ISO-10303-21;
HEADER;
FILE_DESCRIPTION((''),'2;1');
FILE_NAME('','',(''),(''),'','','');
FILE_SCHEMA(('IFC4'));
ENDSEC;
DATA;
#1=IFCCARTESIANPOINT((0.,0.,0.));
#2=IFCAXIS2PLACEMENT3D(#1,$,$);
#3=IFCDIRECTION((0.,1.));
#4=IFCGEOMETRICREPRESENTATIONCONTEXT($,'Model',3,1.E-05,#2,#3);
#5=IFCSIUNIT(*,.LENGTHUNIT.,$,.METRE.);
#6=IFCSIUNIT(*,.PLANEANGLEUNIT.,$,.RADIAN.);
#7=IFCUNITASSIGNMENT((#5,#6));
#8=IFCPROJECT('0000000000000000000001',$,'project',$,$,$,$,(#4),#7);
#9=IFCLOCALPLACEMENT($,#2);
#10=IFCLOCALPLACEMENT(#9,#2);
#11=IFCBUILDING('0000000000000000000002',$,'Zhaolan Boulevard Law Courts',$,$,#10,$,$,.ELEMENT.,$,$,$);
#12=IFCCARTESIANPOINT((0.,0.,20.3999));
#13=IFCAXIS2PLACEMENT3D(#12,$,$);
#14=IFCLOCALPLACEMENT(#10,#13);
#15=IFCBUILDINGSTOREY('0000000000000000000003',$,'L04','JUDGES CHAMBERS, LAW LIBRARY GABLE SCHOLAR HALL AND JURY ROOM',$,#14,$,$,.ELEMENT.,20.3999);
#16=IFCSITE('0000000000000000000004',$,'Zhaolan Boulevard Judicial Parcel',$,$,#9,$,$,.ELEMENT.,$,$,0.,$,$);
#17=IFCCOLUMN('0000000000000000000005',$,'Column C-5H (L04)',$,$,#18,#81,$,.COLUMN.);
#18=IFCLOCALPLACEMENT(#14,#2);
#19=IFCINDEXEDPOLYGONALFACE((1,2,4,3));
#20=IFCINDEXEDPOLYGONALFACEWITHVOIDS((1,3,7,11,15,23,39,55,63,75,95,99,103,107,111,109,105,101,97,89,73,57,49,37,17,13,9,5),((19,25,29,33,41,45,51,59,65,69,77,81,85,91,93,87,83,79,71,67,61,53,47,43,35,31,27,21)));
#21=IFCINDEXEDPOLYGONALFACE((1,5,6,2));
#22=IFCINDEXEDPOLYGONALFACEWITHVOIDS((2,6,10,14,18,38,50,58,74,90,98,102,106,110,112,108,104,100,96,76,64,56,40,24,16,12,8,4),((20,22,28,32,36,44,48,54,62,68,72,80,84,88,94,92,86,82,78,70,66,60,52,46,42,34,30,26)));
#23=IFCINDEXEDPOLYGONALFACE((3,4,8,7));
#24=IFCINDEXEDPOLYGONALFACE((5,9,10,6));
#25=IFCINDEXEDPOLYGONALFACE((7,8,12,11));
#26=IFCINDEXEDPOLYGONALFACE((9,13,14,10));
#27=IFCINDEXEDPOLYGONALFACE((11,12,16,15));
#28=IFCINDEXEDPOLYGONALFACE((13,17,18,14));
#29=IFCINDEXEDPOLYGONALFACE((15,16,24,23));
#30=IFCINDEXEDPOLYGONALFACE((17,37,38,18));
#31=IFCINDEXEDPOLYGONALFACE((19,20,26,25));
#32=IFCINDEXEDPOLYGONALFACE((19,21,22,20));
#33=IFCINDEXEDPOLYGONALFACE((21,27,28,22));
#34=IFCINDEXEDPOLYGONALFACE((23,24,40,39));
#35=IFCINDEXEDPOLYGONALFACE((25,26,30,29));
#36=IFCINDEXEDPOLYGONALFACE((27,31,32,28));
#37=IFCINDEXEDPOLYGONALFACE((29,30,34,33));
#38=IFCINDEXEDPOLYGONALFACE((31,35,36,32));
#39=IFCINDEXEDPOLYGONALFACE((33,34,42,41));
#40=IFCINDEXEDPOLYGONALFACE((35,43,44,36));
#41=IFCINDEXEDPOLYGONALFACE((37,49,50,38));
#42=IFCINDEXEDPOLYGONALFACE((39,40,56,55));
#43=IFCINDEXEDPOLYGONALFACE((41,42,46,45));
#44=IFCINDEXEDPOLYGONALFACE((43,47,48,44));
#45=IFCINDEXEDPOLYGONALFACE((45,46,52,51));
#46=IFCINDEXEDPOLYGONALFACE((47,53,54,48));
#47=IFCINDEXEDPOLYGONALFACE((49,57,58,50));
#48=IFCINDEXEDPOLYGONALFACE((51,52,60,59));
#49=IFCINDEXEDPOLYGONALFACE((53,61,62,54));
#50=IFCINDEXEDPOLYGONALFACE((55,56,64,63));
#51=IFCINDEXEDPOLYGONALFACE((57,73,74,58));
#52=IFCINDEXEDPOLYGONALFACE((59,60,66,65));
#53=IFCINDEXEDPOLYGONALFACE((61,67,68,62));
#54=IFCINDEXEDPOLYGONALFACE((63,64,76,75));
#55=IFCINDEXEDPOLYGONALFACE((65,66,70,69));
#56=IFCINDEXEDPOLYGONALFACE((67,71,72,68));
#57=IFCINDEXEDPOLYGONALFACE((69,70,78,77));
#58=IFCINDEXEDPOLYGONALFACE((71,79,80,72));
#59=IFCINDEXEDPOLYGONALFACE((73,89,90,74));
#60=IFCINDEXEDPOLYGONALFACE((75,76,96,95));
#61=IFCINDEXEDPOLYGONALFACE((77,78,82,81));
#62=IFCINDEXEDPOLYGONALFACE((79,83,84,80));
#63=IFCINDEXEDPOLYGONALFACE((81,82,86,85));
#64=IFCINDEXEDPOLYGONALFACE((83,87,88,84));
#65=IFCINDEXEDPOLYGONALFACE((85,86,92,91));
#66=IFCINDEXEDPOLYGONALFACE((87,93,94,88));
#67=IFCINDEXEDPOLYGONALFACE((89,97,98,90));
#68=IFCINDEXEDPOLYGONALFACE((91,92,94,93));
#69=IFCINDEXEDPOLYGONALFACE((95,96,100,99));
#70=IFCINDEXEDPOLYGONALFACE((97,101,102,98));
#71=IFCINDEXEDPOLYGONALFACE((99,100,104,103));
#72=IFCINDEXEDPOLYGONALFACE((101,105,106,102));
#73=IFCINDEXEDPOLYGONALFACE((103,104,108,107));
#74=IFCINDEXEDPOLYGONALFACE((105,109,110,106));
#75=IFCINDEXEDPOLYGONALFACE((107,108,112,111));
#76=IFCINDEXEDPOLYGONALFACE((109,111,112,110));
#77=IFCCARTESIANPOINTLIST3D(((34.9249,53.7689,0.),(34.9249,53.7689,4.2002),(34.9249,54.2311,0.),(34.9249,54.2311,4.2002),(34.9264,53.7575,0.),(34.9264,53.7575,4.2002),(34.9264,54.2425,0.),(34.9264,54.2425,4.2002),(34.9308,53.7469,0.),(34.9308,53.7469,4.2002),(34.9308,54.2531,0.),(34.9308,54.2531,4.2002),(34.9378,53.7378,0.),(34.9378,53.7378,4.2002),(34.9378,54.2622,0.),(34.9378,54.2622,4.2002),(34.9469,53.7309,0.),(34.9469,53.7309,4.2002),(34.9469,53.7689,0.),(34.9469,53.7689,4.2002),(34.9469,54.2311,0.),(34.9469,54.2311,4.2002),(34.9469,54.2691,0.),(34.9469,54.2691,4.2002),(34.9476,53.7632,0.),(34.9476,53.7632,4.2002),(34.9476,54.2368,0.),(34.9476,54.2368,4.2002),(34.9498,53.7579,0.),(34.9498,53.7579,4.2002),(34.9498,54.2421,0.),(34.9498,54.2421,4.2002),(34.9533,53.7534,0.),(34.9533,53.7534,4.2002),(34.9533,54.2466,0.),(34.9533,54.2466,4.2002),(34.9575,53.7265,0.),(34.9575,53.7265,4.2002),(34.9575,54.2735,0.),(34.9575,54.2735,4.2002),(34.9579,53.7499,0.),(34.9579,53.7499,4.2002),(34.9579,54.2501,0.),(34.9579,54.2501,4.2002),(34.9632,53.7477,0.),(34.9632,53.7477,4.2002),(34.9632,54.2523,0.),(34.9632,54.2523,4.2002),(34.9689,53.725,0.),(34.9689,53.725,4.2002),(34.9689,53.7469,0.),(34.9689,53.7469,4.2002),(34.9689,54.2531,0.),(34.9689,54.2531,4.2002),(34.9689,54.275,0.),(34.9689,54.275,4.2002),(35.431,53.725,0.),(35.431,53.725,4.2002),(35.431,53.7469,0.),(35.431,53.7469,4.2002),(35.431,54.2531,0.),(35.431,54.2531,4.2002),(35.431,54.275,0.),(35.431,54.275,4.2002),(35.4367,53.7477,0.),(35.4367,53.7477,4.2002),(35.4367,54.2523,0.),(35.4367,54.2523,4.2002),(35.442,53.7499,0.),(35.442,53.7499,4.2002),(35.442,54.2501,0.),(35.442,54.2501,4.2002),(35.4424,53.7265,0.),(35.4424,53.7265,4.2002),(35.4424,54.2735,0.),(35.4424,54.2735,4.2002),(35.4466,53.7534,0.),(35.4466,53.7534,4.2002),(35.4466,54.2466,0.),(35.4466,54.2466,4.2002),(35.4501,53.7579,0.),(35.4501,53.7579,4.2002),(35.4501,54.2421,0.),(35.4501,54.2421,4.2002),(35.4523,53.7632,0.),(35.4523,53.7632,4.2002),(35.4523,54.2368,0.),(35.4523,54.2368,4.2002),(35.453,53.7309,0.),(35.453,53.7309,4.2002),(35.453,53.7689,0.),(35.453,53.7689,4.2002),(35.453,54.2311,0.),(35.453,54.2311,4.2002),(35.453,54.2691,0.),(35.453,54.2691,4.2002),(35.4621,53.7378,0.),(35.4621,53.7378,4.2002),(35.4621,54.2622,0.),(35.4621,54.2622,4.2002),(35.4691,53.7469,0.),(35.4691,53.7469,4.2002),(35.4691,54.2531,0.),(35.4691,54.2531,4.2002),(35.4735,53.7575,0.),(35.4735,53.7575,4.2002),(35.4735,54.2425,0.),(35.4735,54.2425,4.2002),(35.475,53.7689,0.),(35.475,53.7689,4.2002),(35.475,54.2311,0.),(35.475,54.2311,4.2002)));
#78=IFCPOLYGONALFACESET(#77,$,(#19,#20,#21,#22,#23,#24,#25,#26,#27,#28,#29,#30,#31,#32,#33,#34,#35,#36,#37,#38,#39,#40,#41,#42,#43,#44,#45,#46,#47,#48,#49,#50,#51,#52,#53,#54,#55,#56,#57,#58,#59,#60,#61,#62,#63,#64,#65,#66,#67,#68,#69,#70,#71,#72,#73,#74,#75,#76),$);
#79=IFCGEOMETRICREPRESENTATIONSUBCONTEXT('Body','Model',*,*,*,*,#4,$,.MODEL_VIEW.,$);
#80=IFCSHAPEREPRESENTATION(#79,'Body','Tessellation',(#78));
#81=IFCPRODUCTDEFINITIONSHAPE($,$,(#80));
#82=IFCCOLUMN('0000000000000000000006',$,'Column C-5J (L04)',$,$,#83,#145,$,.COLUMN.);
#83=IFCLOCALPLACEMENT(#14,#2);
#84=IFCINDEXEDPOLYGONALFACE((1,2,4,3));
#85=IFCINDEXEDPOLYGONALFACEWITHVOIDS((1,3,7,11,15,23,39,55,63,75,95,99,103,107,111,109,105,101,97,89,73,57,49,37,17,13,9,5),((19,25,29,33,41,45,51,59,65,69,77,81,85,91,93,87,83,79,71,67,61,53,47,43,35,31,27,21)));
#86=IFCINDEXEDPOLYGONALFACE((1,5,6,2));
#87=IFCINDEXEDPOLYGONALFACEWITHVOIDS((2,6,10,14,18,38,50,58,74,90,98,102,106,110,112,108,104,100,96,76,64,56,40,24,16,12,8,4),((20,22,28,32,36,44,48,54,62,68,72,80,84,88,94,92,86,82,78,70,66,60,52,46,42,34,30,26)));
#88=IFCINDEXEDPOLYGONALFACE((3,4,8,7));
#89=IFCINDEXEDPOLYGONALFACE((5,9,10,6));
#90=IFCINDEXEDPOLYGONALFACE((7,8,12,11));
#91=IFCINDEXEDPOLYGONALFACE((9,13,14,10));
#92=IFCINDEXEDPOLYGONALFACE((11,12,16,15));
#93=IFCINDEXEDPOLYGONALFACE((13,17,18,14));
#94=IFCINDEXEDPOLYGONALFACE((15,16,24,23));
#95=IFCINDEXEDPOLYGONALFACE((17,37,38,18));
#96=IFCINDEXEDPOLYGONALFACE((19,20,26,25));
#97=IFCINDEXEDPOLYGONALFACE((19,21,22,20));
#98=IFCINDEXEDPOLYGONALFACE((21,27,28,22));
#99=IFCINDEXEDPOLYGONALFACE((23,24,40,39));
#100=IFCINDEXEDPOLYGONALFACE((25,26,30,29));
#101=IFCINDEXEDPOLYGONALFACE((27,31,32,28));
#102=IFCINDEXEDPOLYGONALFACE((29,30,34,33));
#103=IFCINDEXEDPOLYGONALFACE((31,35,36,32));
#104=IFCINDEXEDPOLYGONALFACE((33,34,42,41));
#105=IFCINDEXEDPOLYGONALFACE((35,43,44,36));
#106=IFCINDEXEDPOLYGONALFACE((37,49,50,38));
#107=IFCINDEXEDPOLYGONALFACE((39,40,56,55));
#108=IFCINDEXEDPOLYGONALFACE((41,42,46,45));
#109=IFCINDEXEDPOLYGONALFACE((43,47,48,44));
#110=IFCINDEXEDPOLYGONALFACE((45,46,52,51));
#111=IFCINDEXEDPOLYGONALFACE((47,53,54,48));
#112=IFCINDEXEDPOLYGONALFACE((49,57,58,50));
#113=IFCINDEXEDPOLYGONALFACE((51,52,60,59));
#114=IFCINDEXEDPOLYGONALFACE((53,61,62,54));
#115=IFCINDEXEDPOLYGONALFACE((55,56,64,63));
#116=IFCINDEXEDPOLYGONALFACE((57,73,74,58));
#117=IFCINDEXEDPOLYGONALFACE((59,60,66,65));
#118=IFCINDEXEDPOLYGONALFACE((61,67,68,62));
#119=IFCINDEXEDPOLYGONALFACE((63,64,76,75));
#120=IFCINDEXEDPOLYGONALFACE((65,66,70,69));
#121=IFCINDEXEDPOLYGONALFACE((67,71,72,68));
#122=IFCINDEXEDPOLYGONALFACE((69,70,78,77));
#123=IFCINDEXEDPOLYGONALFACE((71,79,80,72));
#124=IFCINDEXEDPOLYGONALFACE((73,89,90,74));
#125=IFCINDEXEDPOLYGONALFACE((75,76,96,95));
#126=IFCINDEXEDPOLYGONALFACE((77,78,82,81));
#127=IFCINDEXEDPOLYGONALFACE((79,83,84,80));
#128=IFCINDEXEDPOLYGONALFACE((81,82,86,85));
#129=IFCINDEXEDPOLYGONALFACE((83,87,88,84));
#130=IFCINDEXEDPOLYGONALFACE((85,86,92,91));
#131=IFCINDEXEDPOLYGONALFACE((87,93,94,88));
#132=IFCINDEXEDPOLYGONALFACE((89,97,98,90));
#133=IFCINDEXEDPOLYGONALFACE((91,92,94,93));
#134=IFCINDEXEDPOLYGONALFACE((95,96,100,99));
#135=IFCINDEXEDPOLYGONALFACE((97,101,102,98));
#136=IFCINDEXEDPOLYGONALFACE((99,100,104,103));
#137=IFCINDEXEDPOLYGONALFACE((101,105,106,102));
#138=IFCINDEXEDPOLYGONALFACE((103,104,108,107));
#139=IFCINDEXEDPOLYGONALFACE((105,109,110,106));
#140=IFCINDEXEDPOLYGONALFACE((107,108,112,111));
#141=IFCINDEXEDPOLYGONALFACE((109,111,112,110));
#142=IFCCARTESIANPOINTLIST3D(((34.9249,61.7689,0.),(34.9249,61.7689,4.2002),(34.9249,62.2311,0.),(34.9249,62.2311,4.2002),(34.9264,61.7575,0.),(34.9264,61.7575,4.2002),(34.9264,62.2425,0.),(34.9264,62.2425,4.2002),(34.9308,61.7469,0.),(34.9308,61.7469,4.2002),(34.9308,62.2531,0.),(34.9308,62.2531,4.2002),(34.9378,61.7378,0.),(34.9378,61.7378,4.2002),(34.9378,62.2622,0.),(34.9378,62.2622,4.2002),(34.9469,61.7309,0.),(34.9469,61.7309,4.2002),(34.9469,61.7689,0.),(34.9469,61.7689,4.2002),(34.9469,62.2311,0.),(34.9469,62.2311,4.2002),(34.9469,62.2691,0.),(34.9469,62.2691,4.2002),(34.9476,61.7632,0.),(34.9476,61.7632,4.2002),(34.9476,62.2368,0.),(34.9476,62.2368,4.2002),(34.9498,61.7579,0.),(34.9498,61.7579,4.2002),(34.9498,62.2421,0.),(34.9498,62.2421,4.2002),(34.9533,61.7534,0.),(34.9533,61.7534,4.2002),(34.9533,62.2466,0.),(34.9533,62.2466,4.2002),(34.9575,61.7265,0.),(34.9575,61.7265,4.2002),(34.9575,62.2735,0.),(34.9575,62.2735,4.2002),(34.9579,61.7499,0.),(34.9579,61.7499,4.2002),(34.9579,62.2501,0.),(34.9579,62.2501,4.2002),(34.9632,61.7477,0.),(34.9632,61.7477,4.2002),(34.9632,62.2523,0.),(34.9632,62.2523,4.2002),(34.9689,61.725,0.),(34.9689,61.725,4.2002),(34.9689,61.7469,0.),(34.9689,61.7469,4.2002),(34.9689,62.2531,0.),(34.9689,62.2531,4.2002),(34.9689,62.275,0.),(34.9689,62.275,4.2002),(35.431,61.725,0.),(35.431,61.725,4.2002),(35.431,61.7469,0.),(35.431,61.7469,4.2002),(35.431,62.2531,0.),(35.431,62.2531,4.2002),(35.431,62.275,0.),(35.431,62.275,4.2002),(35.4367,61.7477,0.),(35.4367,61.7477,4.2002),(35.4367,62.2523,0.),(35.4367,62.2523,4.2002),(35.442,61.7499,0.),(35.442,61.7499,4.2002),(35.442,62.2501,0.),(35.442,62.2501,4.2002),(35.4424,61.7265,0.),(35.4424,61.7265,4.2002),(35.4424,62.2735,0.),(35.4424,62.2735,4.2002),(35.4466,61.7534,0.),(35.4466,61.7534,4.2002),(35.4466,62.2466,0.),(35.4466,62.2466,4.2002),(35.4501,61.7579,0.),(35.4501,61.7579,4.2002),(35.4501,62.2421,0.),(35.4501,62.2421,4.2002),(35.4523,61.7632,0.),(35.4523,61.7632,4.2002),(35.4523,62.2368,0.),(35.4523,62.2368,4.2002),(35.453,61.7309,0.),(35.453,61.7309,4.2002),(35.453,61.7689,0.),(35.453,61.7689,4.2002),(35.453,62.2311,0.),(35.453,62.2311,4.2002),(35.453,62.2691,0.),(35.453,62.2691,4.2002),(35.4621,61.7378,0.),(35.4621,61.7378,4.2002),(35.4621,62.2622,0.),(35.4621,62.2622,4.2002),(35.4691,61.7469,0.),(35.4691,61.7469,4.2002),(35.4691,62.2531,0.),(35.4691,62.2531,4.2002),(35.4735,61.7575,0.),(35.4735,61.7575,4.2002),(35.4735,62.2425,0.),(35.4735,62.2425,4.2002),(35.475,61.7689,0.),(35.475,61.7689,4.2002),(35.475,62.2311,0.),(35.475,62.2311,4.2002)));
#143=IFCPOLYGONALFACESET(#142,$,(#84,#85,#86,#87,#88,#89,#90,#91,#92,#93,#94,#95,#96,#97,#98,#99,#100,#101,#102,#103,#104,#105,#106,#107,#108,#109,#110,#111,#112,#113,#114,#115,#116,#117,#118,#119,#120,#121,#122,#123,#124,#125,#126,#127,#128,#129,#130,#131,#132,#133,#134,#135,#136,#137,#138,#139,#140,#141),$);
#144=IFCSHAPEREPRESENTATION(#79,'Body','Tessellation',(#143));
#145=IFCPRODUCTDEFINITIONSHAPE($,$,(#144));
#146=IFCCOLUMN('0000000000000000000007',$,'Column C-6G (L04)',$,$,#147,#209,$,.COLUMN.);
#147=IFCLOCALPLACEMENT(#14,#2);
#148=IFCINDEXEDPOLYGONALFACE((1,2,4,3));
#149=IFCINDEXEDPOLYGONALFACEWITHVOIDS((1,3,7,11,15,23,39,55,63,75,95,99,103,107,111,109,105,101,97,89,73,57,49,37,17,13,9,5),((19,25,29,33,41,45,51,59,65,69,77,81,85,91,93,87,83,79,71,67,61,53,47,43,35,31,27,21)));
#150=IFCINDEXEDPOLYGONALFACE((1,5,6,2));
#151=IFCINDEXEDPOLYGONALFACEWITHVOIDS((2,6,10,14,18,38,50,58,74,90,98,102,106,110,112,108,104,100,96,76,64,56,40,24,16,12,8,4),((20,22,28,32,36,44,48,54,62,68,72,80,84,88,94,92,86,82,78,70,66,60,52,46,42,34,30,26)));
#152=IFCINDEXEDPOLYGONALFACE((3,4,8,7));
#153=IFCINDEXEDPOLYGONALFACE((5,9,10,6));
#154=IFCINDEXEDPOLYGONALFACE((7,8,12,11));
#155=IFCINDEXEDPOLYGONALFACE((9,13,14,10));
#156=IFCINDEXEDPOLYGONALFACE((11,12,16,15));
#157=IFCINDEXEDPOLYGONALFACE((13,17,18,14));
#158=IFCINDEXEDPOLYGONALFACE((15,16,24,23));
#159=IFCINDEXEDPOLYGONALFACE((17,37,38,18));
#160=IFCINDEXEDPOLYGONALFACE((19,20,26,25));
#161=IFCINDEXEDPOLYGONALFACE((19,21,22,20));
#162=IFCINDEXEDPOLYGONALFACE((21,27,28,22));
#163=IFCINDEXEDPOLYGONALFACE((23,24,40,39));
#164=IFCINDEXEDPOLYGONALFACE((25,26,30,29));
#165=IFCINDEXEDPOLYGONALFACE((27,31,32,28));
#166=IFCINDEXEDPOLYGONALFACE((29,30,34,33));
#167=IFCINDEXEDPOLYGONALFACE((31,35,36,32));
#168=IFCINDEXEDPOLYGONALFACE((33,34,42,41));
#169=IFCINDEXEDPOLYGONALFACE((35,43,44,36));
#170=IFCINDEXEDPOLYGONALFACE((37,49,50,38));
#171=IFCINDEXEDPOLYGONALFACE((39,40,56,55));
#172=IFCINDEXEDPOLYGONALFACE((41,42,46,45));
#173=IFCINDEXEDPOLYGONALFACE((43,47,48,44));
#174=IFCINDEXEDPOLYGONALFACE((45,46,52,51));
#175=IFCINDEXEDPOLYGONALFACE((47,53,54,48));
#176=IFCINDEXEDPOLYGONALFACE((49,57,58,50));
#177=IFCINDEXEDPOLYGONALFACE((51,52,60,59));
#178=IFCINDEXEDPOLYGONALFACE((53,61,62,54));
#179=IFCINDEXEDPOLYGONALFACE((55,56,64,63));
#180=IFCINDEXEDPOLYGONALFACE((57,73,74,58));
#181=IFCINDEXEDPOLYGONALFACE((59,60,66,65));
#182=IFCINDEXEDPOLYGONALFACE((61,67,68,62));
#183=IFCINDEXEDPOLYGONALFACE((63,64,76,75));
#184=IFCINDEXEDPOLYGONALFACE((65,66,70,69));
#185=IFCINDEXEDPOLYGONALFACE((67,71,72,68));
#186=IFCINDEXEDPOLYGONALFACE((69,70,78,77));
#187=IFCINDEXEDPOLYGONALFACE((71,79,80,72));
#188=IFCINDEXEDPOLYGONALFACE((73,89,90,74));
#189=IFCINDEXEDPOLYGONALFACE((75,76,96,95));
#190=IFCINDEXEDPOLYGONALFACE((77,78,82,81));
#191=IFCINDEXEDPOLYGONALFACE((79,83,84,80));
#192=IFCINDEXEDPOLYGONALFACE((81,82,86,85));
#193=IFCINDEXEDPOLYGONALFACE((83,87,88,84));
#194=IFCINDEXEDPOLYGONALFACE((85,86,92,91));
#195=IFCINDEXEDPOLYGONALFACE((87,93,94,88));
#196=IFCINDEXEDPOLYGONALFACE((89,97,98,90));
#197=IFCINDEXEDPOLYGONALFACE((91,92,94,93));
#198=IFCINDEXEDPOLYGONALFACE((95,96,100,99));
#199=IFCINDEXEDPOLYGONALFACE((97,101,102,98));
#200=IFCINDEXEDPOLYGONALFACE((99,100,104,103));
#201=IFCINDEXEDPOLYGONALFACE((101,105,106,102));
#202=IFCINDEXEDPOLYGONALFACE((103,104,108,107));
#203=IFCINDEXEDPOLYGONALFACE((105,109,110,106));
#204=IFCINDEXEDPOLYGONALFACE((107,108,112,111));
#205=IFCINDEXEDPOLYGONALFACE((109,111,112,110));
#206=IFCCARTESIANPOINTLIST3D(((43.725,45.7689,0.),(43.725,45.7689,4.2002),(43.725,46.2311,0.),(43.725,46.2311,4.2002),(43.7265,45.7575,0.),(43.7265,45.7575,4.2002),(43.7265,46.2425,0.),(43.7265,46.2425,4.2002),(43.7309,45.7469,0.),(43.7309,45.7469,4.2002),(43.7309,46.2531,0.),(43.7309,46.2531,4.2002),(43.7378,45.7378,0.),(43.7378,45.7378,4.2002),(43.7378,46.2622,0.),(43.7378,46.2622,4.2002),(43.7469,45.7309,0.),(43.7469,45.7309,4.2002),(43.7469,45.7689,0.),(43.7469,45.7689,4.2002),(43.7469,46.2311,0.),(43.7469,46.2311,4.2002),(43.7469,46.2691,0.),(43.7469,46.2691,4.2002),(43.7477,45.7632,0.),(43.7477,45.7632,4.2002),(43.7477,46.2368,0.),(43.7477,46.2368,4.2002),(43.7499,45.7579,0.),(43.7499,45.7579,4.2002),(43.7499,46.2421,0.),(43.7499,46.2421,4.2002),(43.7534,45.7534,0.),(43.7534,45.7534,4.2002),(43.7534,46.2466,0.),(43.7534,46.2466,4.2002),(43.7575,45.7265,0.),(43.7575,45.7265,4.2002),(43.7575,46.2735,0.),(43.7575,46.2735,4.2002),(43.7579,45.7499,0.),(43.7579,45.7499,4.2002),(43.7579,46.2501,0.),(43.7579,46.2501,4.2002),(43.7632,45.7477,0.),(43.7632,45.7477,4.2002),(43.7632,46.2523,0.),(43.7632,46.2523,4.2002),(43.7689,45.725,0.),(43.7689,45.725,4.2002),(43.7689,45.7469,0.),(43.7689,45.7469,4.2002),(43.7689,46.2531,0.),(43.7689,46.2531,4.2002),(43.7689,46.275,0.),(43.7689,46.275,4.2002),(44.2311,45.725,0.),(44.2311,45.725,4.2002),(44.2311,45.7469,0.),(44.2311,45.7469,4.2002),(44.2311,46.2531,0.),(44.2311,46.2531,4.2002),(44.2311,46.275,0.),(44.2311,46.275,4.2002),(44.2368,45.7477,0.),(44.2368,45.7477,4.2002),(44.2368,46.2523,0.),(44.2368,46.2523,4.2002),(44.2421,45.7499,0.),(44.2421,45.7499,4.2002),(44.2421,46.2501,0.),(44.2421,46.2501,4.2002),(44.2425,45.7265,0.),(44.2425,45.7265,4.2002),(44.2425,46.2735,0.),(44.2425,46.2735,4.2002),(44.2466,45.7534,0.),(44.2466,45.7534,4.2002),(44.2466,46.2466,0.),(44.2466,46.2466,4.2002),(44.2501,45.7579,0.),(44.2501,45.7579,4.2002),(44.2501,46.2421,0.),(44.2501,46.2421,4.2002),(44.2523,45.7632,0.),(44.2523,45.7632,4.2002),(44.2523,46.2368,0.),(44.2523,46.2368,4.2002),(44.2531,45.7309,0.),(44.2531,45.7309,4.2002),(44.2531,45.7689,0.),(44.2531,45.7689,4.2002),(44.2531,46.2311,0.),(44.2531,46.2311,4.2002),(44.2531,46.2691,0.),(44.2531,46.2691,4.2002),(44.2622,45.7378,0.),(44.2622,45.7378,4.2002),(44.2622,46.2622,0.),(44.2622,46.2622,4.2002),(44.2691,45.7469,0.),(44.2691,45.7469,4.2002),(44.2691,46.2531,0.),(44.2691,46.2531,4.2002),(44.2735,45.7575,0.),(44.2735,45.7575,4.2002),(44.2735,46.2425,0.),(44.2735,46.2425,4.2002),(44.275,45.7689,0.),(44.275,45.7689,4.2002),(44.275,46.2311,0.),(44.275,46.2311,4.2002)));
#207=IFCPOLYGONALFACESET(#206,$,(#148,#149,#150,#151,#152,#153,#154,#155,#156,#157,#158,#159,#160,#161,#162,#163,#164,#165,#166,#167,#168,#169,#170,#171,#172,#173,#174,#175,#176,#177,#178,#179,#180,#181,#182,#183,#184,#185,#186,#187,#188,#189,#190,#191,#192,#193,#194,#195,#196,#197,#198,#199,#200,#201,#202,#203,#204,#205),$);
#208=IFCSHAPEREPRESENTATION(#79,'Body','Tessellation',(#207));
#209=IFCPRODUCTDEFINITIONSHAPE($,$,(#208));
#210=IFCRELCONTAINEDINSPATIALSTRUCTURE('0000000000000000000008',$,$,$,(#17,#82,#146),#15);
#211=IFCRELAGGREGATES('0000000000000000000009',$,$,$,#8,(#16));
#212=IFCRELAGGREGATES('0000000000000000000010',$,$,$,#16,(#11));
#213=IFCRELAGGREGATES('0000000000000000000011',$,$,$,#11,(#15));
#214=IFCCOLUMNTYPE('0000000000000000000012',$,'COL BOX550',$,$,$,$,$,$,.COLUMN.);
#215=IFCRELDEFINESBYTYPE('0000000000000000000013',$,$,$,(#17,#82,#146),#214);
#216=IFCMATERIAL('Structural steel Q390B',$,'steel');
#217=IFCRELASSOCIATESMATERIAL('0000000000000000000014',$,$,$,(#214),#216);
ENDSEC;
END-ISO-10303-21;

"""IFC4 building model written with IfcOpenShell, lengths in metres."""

from ifc_helpers import new_model, si_unit, direction, frame, origin, origin_2d, place, context, subcontext, project, spatial, hollow_rectangle, extrude, material, material_profile, profile_set, type_object, element, save


model = new_model("IFC4")

# Units and contexts
model_context = context("Model", 3, precision=1e-05, world=origin(), true_north=direction((0.0, 1.0)))
body_context = subcontext(model_context, "Body", "Model", "MODEL_VIEW")
ifc_project = project(units=[si_unit("LENGTHUNIT", "METRE"), si_unit("PLANEANGLEUNIT", "RADIAN")], contexts=[model_context])

# Site, building, storey
site_placement = place(None, origin())
site = spatial("IfcSite", under=ifc_project, at=site_placement, Name="Zhaolan Boulevard Judicial Parcel", CompositionType="ELEMENT", RefElevation=0.0)
building_placement = place(site_placement, origin())
building = spatial("IfcBuilding", under=site, at=building_placement, Name="Zhaolan Boulevard Law Courts", CompositionType="ELEMENT")
storey_placement = place(building_placement, frame((0.0, 0.0, 20.3999)))
storey = spatial("IfcBuildingStorey", under=building, at=storey_placement, Name="L04", Description="JUDGES CHAMBERS, LAW LIBRARY GABLE SCHOLAR HALL AND JURY ROOM", CompositionType="ELEMENT", Elevation=20.3999)

# Columns
ifc_material_1 = material(Name="Structural steel Q390B", Category="steel")
ifc_material_profile_1 = material_profile(ifc_material_1, hollow_rectangle(XDim=0.55, YDim=0.55, WallThickness=0.022, InnerFilletRadius=0.022, OuterFilletRadius=0.0439, at=origin_2d()), Name="BOX550x550x22")
ifc_profile_set_1 = profile_set([ifc_material_profile_1], Name="Structural steel Q390B")
column_type = type_object("IfcColumnType", Name="COL BOX550", PredefinedType="COLUMN", material=ifc_profile_set_1)
for number, where, z_axis, x_axis, name in (
    (1, (35.2, 54.0, 0.0), (0.0, 0.0, 1.0), (1.0, 0.0, 0.0), "Column C-5H (L04)"),
    (2, (35.2, 62.0, 0.0), (0.0, 0.0, 1.0), (1.0, 0.0, 0.0), "Column C-5J (L04)"),
    (3, (44.0, 46.0, 0.0), (0.0, 0.0, 1.0), (1.0, 0.0, 0.0), "Column C-6G (L04)"),
):
    element("IfcColumn", number, at=place(storey_placement, frame(where, z_axis=z_axis, x_axis=x_axis)), inside=storey, type_object=column_type, Name=name, PredefinedType="COLUMN", context=body_context, shape_type="SweptSolid", body=[
        extrude(hollow_rectangle(XDim=0.55, YDim=0.55, WallThickness=0.022, InnerFilletRadius=0.022, OuterFilletRadius=0.0439, at=origin_2d()), origin(), (0.0, 0.0, 1.0), 4.2002),
    ])

save(model, "model.ifc")
